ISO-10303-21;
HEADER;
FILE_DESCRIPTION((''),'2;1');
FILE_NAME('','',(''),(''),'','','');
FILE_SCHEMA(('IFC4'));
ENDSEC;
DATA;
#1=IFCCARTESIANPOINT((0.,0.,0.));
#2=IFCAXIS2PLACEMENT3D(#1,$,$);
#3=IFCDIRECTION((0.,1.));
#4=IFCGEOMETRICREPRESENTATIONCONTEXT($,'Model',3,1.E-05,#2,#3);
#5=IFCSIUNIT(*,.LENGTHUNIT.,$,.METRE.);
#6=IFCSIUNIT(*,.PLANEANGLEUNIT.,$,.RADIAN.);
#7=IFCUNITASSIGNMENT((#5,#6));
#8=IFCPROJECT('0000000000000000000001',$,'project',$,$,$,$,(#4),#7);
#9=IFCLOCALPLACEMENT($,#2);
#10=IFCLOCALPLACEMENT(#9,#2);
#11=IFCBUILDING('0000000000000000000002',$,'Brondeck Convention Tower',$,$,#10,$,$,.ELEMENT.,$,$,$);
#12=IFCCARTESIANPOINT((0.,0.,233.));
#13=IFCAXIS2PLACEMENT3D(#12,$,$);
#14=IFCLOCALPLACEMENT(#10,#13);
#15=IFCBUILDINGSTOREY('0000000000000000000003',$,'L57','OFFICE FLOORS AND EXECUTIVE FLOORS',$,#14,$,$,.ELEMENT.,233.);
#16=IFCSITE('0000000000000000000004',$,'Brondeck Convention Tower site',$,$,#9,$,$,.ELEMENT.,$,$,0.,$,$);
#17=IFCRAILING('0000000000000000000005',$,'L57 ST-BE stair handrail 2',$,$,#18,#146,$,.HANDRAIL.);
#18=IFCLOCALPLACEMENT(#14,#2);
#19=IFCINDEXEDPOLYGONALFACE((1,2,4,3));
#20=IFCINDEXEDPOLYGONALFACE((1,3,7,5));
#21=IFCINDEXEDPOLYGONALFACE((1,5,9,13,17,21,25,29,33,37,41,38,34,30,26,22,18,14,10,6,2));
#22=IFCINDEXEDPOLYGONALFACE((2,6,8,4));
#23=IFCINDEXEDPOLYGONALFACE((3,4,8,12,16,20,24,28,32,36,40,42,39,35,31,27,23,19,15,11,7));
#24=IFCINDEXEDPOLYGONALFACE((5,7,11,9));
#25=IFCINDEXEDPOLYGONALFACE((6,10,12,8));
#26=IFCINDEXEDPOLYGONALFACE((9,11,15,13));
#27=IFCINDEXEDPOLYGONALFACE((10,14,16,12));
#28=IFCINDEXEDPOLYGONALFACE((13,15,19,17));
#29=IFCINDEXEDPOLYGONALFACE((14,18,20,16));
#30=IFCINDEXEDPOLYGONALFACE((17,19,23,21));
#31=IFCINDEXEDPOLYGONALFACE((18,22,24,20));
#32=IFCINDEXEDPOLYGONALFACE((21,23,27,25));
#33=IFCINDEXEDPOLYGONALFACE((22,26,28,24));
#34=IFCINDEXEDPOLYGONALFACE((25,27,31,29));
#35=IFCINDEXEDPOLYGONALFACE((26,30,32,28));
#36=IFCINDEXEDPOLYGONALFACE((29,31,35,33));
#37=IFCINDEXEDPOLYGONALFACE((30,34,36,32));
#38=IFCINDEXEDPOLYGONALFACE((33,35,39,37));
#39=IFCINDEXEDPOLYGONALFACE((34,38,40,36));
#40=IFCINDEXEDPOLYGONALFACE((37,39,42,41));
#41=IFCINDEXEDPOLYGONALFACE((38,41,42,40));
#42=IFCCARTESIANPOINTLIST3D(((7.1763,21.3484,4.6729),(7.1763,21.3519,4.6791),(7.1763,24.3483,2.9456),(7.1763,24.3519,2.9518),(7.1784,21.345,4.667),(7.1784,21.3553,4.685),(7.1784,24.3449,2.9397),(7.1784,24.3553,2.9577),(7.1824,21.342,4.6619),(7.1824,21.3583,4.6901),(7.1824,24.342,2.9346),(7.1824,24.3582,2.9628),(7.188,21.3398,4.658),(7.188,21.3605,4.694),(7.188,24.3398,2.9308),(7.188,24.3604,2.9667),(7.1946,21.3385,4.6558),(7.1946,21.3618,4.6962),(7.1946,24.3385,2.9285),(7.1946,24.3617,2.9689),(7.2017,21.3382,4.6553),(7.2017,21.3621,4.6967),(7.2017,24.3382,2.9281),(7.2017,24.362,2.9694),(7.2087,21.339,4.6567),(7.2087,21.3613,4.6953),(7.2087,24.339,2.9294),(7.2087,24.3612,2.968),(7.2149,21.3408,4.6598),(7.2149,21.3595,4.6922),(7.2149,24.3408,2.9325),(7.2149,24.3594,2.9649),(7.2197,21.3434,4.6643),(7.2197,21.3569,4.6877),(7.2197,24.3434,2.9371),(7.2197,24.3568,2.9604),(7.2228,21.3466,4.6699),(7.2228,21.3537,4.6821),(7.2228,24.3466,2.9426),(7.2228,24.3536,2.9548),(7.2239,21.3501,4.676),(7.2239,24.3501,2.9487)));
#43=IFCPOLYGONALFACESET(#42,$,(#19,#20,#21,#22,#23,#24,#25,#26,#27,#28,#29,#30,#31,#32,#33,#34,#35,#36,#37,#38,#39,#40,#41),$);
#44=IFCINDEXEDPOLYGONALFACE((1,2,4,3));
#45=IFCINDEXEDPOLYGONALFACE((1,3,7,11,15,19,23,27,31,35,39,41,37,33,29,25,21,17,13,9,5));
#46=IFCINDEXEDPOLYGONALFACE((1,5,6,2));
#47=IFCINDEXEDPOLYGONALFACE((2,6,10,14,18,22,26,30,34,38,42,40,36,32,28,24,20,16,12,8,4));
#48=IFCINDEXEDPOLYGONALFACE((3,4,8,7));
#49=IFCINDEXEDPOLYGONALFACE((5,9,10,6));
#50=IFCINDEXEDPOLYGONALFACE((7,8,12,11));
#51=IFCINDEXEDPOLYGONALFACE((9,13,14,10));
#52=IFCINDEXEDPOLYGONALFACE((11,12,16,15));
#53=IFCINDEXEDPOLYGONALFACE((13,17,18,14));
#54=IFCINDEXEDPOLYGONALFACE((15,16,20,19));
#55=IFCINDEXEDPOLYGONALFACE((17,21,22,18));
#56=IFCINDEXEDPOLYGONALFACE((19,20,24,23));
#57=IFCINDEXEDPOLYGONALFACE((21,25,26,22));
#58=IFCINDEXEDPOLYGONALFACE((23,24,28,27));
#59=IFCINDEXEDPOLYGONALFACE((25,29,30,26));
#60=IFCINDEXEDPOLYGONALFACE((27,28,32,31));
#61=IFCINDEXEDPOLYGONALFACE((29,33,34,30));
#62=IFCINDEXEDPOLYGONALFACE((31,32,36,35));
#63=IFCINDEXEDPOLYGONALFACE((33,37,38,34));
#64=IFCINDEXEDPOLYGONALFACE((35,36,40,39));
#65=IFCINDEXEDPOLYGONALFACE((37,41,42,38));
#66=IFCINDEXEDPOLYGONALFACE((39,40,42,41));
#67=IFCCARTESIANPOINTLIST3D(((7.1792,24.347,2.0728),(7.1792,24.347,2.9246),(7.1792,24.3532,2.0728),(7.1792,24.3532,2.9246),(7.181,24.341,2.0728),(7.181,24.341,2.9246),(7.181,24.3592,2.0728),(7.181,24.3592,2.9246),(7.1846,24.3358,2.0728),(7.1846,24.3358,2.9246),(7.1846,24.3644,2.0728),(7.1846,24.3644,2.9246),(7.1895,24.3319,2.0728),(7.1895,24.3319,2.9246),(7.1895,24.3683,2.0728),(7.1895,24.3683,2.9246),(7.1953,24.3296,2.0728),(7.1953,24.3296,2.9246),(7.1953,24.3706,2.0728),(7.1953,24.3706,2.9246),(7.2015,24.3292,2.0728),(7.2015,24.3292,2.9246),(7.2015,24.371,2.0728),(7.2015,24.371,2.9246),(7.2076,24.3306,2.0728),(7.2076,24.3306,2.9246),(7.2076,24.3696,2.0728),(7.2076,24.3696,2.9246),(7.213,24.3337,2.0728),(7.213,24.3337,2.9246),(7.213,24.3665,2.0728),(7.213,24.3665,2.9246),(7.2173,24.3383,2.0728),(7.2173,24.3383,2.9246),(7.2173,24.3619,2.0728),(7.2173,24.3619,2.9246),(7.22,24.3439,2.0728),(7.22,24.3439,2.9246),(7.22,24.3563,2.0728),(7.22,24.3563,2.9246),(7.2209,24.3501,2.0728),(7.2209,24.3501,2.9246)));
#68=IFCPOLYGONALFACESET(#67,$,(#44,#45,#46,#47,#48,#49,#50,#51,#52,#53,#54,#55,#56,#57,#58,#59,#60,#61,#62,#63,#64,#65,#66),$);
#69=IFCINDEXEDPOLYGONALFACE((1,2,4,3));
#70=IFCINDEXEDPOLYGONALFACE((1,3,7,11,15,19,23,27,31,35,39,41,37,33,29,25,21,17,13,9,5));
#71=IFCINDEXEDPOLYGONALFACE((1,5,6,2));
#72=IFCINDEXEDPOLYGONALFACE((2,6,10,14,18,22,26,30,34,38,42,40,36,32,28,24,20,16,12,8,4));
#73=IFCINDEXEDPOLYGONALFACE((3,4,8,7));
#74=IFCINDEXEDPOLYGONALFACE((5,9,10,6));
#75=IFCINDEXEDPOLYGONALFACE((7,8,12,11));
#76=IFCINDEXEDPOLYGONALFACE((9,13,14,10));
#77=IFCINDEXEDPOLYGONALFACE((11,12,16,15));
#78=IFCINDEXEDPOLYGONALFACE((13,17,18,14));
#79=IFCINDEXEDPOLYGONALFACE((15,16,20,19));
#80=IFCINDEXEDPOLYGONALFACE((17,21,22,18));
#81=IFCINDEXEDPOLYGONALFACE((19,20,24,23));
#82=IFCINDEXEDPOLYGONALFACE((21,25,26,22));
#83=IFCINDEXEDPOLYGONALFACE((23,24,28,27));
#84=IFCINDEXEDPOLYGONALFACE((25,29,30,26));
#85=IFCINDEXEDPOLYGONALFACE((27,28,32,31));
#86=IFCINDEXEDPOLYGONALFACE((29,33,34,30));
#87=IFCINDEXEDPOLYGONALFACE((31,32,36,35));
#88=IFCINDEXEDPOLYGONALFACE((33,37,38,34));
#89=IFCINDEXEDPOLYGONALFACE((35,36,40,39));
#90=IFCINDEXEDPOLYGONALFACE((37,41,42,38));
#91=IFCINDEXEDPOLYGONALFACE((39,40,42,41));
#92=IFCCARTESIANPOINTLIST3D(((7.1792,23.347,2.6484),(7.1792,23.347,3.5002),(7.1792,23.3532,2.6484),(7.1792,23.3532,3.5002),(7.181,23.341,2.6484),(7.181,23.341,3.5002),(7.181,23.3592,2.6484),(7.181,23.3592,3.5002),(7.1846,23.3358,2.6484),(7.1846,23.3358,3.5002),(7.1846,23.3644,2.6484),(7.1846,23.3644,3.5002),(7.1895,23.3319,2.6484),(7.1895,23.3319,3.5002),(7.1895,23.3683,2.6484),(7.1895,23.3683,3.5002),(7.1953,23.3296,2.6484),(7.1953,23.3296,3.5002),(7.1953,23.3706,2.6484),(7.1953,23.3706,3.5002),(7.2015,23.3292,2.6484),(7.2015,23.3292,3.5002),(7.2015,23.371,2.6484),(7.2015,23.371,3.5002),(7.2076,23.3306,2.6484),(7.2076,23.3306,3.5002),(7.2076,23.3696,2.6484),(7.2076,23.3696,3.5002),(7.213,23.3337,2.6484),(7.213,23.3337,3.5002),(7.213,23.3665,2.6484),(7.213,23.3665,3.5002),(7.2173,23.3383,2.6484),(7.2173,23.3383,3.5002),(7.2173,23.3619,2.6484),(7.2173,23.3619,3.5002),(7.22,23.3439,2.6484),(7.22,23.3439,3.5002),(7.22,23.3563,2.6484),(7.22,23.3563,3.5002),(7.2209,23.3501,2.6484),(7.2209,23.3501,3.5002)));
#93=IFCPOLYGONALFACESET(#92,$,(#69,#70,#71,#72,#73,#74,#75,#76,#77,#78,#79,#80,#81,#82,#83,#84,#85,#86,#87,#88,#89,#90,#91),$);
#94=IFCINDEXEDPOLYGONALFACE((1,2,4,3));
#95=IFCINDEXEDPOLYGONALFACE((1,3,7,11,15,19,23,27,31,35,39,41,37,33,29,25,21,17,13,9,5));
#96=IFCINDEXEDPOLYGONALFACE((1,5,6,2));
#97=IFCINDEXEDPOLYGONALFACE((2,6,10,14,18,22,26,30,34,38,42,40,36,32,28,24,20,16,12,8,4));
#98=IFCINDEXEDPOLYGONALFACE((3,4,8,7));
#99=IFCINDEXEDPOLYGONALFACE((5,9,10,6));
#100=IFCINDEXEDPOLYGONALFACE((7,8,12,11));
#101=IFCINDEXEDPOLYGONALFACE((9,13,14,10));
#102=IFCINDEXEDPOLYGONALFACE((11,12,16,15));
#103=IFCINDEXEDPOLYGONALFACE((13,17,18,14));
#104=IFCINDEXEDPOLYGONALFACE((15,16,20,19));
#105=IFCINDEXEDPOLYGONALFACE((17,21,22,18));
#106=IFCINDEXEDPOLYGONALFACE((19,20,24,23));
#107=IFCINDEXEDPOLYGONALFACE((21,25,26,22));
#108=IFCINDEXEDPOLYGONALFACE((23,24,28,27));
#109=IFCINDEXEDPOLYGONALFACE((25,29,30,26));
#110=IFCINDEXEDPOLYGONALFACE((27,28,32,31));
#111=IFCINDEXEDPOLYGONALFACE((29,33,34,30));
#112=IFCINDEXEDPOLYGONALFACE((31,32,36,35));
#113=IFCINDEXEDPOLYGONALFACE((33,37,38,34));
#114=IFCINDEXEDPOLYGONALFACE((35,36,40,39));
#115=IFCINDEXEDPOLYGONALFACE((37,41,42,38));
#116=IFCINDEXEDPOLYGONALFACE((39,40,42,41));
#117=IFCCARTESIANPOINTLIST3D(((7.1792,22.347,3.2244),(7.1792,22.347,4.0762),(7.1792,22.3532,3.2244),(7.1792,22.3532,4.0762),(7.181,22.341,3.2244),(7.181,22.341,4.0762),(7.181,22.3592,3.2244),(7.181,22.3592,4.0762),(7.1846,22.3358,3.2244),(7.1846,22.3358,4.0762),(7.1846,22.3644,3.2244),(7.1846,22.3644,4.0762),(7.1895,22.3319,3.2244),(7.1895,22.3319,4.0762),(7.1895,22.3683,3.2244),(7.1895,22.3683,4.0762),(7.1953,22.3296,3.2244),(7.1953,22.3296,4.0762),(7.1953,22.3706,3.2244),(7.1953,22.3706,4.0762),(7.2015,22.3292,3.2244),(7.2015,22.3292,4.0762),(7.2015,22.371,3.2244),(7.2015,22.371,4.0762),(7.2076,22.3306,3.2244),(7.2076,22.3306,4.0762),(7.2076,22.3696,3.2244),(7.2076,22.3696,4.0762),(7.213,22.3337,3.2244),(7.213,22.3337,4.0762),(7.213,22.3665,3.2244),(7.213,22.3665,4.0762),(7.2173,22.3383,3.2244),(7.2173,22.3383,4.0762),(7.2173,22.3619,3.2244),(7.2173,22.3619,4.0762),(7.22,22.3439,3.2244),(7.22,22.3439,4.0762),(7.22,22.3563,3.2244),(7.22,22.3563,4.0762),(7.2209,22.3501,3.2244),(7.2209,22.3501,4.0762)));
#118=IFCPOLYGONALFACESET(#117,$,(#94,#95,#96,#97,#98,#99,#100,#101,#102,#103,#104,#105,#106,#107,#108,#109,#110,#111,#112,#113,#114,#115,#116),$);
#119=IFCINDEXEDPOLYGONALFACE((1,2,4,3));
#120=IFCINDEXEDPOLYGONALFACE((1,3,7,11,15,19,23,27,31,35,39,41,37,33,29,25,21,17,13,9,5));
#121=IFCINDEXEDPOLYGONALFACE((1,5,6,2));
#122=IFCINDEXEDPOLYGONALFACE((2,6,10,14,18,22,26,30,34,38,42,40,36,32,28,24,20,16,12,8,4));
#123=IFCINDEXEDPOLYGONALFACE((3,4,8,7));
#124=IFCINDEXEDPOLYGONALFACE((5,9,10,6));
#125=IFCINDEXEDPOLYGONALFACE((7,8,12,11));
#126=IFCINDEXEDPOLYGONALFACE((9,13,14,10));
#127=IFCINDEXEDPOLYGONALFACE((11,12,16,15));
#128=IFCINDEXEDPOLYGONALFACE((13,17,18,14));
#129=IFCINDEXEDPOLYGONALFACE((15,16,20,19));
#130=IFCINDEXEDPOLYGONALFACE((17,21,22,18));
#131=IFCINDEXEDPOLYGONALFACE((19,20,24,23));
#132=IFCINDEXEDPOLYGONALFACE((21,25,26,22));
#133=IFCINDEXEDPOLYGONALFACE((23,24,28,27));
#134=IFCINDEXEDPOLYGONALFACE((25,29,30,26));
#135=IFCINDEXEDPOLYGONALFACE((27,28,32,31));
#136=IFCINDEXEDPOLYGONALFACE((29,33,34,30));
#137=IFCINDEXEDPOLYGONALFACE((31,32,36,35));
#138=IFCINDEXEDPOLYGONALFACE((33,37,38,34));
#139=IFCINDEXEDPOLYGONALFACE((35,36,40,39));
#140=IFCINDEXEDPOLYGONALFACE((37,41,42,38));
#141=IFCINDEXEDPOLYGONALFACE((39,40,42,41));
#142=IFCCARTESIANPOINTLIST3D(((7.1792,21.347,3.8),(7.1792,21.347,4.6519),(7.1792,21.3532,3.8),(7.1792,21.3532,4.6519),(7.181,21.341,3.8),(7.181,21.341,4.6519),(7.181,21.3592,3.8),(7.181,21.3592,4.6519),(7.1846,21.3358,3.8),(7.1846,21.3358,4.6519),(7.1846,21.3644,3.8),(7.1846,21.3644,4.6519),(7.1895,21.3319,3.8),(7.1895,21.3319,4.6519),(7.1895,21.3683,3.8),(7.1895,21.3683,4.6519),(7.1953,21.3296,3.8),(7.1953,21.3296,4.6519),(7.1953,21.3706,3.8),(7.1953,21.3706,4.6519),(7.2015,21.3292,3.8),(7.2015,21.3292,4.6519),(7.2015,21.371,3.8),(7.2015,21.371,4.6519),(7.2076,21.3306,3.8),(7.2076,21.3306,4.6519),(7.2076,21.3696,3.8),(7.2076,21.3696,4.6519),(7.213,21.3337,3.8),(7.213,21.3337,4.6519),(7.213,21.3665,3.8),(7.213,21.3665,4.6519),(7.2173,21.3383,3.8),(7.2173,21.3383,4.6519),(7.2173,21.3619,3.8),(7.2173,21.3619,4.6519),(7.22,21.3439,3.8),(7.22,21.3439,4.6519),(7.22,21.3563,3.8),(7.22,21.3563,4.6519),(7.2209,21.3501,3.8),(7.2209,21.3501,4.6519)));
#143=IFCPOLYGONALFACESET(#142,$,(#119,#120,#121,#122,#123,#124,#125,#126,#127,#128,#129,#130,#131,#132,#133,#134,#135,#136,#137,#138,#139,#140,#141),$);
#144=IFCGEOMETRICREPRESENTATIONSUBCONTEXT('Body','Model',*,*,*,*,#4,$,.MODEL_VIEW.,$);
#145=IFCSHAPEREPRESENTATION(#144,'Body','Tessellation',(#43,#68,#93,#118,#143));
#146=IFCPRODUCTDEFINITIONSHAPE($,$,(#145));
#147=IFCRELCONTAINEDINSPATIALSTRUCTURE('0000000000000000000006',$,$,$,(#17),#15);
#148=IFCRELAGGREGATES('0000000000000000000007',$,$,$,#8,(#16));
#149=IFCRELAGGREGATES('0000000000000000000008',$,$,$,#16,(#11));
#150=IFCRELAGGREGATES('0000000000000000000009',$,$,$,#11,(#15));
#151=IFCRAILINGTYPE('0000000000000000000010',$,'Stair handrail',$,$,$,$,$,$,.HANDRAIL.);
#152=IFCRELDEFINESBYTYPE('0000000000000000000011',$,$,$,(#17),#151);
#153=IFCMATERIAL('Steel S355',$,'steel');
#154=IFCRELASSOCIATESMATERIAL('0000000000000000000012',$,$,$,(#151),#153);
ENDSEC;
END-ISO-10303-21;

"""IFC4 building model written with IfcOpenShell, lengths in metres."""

from ifc_helpers import new_model, si_unit, direction, frame, origin, origin_2d, place, context, subcontext, project, spatial, circle, extrude, material, type_object, element, save


model = new_model("IFC4")

# Units and contexts
model_context = context("Model", 3, precision=1e-05, world=origin(), true_north=direction((0.0, 1.0)))
body_context = subcontext(model_context, "Body", "Model", "MODEL_VIEW")
ifc_project = project(units=[si_unit("LENGTHUNIT", "METRE"), si_unit("PLANEANGLEUNIT", "RADIAN")], contexts=[model_context])

# Site, building, storey
site_placement = place(None, origin())
site = spatial("IfcSite", under=ifc_project, at=site_placement, Name="Brondeck Convention Tower site", CompositionType="ELEMENT", RefElevation=0.0)
building_placement = place(site_placement, origin())
building = spatial("IfcBuilding", under=site, at=building_placement, Name="Brondeck Convention Tower", CompositionType="ELEMENT")
storey_placement = place(building_placement, frame((0.0, 0.0, 233.0)))
storey = spatial("IfcBuildingStorey", under=building, at=storey_placement, Name="L57", Description="OFFICE FLOORS AND EXECUTIVE FLOORS", CompositionType="ELEMENT", Elevation=233.0)

# Shared definitions
ifc_material_1 = material(Name="Steel S355", Category="steel")

# Railing
railing_type_1 = type_object("IfcRailingType", Name="Stair handrail", PredefinedType="HANDRAIL", material=ifc_material_1)
railing_1_placement = place(storey_placement, frame((7.2, 24.3501, 2.0728)))
element("IfcRailing", 1, at=railing_1_placement, inside=storey, type_object=railing_type_1, Name="L57 ST-BE stair handrail 2", PredefinedType="HANDRAIL", context=body_context, shape_type="SweptSolid", body=[
    extrude(circle(Radius=0.0239, at=origin_2d()), frame((0.0, 0.0, 0.876), z_axis=(0.0, -0.86662, 0.498969), x_axis=(1.0, 0.0, 0.0)), (0.0, 0.0, 1.0), 3.4617),
    extrude(circle(Radius=0.021, at=origin_2d()), origin(), (0.0, 0.0, 1.0), 0.8518),
    extrude(circle(Radius=0.021, at=origin_2d()), frame((0.0, -1.0, 0.5757)), (0.0, 0.0, 1.0), 0.8518),
    extrude(circle(Radius=0.021, at=origin_2d()), frame((0.0, -2.0, 1.1516)), (0.0, 0.0, 1.0), 0.8518),
    extrude(circle(Radius=0.021, at=origin_2d()), frame((0.0, -3.0, 1.7273)), (0.0, 0.0, 1.0), 0.8518),
])

save(model, "model.ifc")
